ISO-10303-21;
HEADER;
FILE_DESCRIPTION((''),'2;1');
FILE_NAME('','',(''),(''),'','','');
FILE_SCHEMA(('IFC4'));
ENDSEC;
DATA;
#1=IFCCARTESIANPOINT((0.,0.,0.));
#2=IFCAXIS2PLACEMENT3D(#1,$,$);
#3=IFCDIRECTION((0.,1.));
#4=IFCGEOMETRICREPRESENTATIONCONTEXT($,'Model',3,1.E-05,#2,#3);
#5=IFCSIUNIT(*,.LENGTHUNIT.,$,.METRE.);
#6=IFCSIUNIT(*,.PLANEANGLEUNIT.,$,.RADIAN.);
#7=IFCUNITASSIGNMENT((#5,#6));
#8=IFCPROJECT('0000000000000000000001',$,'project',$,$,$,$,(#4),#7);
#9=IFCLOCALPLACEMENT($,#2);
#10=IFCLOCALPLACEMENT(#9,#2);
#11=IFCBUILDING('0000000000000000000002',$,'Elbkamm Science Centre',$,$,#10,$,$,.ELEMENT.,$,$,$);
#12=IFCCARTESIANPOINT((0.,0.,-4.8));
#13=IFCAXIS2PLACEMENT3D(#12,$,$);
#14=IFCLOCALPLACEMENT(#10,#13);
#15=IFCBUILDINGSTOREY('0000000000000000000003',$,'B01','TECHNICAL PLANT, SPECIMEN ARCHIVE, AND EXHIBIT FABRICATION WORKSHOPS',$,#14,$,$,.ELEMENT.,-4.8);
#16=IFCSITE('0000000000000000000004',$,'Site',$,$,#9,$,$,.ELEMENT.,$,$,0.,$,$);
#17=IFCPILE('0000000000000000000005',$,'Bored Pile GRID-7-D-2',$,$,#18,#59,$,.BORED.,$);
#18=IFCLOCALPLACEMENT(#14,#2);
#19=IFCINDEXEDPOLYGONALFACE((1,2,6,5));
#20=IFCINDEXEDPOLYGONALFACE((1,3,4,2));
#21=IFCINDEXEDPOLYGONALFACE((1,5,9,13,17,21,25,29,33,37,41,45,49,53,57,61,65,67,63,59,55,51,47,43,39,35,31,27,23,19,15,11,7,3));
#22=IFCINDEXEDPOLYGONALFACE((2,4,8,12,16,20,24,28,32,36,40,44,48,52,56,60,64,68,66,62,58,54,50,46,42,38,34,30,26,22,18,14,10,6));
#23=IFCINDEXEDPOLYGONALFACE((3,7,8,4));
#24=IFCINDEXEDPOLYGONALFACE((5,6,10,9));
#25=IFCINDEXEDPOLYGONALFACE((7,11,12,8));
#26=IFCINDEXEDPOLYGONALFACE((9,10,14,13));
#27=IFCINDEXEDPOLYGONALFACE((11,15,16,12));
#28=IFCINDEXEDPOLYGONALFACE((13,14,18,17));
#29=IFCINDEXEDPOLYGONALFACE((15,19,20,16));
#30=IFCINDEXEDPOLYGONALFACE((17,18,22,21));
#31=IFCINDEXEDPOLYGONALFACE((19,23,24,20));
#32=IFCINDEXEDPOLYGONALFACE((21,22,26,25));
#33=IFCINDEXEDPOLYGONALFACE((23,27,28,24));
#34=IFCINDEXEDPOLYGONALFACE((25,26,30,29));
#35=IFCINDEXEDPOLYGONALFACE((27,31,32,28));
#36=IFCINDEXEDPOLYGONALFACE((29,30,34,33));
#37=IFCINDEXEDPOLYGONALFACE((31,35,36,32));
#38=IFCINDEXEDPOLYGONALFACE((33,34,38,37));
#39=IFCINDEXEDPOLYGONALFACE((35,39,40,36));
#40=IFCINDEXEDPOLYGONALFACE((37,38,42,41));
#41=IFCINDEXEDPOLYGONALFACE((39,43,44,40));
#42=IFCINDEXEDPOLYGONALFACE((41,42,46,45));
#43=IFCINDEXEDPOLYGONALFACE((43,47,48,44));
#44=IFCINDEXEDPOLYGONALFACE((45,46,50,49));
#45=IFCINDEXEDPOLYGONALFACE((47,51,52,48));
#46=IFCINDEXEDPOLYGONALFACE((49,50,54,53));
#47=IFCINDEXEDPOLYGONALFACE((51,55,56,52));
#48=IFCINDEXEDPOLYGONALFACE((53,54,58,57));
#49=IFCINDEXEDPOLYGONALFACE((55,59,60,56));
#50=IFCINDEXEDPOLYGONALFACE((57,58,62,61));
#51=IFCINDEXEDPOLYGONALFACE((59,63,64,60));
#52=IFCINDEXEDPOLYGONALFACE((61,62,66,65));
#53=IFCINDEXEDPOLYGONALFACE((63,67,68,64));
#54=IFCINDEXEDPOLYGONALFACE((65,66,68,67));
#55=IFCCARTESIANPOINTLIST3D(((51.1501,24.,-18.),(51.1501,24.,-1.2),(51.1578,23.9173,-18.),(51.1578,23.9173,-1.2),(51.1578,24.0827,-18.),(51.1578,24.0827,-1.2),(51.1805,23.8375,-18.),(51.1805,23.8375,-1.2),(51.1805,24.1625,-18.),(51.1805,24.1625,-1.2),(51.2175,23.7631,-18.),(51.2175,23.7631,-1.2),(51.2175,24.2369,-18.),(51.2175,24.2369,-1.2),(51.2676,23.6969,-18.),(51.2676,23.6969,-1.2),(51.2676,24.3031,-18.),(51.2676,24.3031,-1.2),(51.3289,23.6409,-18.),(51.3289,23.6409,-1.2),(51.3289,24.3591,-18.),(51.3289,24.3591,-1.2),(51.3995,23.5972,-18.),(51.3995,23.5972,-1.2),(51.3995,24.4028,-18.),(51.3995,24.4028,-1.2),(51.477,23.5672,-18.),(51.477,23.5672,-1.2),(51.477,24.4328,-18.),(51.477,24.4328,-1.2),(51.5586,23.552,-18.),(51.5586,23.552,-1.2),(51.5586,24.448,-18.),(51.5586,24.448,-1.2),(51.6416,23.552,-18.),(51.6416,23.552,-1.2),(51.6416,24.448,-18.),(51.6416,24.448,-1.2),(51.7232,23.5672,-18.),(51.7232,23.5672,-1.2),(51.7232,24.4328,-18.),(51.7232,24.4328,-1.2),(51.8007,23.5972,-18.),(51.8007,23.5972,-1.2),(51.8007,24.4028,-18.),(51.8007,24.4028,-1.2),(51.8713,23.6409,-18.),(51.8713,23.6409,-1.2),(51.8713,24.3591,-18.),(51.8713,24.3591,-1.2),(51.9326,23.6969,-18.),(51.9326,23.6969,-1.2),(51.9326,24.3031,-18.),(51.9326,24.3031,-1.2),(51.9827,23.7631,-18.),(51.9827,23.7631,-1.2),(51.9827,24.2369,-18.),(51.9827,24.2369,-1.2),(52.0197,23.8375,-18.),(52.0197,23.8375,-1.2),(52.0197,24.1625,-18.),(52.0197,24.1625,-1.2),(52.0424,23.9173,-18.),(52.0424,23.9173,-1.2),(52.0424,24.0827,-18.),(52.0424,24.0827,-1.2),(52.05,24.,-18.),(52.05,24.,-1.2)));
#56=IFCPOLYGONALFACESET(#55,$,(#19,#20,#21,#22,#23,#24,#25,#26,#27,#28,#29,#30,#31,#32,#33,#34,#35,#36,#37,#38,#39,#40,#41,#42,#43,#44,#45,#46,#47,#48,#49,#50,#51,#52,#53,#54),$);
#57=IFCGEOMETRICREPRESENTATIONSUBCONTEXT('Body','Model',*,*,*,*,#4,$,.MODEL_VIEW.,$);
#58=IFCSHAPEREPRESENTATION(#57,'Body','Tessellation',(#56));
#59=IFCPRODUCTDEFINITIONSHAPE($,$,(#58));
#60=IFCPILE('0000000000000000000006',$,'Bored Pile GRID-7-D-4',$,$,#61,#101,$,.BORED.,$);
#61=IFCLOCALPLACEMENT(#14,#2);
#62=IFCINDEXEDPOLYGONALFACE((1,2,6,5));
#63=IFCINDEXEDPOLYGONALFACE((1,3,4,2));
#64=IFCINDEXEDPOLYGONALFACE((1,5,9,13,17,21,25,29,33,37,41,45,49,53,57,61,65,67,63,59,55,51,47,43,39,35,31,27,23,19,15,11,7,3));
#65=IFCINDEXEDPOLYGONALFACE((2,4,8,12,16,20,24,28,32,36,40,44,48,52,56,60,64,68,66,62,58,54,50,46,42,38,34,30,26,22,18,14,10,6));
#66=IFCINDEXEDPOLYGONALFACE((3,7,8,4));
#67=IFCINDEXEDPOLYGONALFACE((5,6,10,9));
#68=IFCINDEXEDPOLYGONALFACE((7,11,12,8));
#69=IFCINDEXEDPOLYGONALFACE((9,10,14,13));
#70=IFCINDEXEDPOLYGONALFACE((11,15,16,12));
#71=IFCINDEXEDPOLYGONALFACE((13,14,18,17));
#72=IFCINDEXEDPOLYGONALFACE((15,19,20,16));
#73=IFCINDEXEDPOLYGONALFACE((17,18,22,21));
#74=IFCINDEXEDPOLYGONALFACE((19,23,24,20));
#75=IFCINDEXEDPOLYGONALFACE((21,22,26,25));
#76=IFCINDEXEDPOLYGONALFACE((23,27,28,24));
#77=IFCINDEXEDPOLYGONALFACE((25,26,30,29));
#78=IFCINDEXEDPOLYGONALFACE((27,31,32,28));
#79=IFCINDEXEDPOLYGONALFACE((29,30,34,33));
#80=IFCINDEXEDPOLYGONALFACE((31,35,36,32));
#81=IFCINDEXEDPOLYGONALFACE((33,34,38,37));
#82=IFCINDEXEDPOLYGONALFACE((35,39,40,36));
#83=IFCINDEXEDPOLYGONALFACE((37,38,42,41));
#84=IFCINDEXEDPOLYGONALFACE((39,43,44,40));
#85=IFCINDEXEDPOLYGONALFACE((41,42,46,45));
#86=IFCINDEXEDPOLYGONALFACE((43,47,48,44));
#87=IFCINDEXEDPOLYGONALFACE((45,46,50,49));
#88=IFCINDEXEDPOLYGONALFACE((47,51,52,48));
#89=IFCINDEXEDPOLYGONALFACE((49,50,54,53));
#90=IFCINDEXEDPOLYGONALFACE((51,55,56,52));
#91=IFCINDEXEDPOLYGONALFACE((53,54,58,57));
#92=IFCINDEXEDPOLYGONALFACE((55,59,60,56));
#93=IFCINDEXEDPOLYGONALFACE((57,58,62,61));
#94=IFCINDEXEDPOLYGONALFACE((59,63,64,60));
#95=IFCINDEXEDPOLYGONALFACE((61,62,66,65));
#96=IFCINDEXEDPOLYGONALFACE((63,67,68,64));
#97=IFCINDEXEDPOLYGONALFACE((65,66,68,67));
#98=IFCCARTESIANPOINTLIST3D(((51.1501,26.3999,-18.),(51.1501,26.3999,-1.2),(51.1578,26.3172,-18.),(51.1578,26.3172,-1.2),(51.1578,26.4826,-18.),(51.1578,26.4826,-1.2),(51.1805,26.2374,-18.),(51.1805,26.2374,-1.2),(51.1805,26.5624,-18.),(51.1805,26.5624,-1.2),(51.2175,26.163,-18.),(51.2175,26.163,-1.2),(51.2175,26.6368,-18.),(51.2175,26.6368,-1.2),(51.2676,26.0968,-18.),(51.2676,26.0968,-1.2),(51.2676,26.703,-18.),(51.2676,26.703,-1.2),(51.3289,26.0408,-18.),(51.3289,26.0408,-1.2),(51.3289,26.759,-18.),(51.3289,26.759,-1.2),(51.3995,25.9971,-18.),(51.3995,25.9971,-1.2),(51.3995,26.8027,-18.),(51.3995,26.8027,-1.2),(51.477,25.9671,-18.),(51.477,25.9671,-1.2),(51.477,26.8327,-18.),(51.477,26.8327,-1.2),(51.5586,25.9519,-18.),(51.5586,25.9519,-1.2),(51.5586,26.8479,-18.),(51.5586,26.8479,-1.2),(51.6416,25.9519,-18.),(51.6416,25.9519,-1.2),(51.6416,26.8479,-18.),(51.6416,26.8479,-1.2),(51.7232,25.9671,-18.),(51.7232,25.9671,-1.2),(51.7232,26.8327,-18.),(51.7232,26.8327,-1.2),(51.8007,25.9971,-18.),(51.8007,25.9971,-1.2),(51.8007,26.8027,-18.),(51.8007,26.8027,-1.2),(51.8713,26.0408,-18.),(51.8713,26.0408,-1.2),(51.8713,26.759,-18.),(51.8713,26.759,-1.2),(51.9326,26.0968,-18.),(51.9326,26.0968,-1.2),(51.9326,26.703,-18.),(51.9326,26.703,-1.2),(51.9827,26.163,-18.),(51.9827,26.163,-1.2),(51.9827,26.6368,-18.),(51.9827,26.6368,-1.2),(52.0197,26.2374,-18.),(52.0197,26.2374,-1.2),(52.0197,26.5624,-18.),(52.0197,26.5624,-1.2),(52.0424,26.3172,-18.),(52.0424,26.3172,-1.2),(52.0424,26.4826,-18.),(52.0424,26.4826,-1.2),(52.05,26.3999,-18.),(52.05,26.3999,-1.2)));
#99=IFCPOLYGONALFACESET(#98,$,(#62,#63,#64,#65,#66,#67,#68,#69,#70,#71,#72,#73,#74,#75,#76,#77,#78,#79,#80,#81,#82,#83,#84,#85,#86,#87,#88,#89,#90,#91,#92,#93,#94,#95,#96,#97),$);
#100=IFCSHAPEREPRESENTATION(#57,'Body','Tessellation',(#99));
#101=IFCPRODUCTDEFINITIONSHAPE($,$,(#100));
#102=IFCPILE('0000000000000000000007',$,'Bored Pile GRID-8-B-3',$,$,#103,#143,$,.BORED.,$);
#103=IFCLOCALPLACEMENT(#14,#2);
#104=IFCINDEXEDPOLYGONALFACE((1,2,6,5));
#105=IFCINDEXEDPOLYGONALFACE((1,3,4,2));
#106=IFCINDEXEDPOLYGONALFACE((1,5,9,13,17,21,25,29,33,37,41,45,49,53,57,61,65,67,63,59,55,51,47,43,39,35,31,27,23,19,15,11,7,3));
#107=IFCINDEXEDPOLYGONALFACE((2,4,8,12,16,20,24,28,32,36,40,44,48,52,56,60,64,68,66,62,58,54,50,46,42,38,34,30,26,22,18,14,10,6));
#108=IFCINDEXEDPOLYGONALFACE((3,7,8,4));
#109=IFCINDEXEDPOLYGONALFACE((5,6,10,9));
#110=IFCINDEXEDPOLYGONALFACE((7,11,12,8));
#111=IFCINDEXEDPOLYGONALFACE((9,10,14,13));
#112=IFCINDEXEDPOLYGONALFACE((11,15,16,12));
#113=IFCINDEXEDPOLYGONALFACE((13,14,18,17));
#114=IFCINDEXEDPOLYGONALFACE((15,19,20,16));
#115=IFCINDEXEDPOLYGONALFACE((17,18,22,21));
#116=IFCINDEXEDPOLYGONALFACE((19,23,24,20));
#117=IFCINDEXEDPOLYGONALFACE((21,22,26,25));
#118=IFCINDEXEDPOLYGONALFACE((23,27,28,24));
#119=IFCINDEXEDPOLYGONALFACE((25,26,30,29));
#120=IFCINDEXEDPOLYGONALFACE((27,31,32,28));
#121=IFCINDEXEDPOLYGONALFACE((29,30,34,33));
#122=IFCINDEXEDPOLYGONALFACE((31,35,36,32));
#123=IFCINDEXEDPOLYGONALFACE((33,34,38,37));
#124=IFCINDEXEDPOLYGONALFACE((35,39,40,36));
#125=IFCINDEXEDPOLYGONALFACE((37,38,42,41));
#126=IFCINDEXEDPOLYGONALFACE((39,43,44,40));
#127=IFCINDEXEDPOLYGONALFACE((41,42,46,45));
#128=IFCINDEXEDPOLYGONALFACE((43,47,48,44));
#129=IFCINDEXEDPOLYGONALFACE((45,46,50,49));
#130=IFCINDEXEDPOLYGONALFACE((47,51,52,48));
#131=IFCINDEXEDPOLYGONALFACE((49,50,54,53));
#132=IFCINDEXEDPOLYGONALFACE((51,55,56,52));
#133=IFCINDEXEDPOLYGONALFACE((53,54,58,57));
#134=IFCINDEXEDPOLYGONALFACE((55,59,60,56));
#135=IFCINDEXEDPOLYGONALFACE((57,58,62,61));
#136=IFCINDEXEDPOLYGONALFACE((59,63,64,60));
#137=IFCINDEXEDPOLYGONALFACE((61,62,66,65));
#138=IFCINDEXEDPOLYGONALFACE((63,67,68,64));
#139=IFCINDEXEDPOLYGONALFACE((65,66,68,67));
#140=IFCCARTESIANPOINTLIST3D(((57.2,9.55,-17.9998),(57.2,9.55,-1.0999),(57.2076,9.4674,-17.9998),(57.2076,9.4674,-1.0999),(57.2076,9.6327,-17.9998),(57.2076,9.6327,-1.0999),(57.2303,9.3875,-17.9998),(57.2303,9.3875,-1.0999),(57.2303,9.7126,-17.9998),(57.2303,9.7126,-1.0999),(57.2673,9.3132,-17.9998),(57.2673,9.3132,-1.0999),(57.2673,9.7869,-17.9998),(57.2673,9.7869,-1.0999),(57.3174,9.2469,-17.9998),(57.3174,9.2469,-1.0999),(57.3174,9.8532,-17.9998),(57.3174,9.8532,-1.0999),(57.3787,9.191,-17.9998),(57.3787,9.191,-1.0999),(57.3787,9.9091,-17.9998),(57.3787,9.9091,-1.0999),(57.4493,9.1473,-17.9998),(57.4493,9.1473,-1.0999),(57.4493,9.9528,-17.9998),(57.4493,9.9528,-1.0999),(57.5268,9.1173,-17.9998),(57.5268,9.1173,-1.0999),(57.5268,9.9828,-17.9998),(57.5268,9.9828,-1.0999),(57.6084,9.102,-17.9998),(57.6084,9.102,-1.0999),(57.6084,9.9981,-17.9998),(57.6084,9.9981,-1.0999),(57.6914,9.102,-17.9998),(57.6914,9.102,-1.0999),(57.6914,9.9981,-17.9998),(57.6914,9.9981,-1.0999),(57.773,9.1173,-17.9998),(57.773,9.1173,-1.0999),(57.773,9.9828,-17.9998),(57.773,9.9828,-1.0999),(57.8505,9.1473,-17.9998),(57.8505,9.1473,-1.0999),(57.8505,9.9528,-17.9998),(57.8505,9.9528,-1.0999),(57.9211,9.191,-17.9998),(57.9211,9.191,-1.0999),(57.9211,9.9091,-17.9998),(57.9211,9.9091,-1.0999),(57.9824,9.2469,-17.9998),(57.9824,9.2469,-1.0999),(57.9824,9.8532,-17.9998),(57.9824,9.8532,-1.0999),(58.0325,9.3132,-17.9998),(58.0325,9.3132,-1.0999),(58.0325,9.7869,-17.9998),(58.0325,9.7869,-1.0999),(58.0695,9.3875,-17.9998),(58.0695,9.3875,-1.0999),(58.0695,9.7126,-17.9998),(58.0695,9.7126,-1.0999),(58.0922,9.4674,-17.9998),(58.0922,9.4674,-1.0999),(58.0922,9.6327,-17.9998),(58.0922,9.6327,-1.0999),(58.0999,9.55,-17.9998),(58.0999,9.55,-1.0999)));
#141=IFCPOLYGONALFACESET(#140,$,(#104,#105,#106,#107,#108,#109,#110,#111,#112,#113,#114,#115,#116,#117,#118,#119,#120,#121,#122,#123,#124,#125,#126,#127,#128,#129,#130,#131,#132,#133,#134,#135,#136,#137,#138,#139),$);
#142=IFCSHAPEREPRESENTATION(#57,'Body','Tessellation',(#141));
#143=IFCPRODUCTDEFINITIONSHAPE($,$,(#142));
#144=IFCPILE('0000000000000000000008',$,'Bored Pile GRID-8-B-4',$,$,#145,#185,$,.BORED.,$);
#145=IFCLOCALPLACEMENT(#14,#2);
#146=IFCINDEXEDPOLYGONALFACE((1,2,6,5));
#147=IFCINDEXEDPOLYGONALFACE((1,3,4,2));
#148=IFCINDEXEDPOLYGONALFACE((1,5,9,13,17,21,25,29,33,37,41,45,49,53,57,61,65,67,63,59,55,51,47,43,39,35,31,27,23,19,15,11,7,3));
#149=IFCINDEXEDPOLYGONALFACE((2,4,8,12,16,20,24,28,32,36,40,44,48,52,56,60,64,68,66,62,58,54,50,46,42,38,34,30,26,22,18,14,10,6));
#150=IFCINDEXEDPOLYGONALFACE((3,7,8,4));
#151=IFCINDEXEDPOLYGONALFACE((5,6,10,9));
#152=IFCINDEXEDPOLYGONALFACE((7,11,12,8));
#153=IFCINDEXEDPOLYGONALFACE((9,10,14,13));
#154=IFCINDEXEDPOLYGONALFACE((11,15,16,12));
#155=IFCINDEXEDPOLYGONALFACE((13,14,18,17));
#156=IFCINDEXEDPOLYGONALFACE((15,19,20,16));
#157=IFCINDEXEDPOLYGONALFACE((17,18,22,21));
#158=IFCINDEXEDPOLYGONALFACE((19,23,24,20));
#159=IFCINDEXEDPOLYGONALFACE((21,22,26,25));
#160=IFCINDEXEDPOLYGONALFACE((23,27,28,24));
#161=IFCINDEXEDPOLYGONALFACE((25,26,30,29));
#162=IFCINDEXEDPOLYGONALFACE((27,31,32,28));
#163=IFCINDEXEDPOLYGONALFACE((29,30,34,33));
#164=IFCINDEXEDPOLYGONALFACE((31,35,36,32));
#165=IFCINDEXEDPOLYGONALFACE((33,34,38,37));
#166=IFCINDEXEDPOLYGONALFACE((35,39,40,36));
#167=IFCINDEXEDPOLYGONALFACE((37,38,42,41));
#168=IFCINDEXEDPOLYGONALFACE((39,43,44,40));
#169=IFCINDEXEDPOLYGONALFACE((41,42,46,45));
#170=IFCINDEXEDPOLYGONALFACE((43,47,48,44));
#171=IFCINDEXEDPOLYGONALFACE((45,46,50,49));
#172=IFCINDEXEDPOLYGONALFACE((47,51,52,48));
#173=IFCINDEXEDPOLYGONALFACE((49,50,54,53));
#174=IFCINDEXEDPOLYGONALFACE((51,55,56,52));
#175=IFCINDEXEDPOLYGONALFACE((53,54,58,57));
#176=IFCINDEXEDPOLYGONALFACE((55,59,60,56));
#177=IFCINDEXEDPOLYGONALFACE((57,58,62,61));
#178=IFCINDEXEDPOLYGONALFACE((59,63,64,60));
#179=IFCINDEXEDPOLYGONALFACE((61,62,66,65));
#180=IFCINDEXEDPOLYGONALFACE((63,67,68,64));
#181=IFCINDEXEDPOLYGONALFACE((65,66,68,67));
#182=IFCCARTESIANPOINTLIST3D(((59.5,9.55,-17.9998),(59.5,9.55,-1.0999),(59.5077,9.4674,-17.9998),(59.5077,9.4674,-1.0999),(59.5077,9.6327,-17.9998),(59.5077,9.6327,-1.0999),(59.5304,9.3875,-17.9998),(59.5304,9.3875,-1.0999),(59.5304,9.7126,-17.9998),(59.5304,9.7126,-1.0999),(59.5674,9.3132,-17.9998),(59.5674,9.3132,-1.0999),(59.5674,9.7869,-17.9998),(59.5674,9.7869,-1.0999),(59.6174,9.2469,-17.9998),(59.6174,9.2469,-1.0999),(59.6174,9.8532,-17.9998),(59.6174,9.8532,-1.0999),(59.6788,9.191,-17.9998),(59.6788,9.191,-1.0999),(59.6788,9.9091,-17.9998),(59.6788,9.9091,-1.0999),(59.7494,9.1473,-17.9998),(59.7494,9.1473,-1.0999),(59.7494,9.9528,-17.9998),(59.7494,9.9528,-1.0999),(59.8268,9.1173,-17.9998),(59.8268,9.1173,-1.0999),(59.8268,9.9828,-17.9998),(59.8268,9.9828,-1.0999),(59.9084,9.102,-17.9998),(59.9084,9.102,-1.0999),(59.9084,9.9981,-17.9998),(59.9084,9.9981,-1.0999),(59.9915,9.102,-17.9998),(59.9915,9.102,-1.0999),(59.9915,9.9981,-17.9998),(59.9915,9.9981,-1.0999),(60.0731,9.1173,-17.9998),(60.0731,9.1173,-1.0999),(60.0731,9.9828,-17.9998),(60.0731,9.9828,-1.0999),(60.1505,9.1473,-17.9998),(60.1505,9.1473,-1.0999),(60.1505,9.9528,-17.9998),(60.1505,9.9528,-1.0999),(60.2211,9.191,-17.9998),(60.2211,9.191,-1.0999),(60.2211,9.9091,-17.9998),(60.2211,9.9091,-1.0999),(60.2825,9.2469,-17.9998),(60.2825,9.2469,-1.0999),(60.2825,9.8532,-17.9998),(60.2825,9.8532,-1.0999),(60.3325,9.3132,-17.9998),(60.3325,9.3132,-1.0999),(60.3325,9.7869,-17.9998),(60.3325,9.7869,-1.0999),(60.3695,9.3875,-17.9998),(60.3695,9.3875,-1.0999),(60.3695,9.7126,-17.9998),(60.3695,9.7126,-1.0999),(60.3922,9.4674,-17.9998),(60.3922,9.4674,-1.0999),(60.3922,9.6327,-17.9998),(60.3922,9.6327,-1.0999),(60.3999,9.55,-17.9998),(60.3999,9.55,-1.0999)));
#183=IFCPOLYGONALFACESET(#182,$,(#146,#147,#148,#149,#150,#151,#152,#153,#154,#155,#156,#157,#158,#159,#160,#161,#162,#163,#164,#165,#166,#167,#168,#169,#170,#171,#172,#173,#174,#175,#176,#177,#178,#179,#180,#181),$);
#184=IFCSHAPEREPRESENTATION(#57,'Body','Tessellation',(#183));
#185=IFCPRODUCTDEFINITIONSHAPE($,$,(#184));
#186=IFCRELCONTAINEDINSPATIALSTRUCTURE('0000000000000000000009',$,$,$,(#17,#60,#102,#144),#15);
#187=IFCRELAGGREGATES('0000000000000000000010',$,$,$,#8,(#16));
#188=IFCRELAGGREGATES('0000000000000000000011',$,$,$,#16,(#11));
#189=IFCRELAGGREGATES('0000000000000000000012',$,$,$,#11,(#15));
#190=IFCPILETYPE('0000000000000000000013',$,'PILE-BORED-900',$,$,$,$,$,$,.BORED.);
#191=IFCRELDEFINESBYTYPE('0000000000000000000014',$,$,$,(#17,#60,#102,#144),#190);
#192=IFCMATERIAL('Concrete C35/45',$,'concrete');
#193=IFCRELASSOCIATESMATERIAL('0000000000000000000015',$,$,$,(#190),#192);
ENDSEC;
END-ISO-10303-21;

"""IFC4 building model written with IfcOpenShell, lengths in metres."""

from ifc_helpers import new_model, si_unit, direction, frame, origin, origin_2d, place, context, subcontext, project, spatial, circle, extrude, material, material_profile, profile_set, type_object, element, save


model = new_model("IFC4")

# Units and contexts
model_context = context("Model", 3, precision=1e-05, world=origin(), true_north=direction((0.0, 1.0)))
body_context = subcontext(model_context, "Body", "Model", "MODEL_VIEW")
ifc_project = project(units=[si_unit("LENGTHUNIT", "METRE"), si_unit("PLANEANGLEUNIT", "RADIAN")], contexts=[model_context])

# Site, building, storey
site_placement = place(None, origin())
site = spatial("IfcSite", under=ifc_project, at=site_placement, Name="Site", CompositionType="ELEMENT", RefElevation=0.0)
building_placement = place(site_placement, origin())
building = spatial("IfcBuilding", under=site, at=building_placement, Name="Elbkamm Science Centre", CompositionType="ELEMENT")
storey_placement = place(building_placement, frame((0.0, 0.0, -4.8)))
storey = spatial("IfcBuildingStorey", under=building, at=storey_placement, Name="B01", Description="TECHNICAL PLANT, SPECIMEN ARCHIVE, AND EXHIBIT FABRICATION WORKSHOPS", CompositionType="ELEMENT", Elevation=-4.8)

# Shared definitions
ifc_material_1 = material(Name="Concrete C35/45", Category="concrete")

# Piles
ifc_material_profile_1 = material_profile(ifc_material_1, circle(Radius=0.45, at=origin_2d()), Name="PILE D900")
ifc_profile_set_1 = profile_set([ifc_material_profile_1], Name="Concrete C35/45")
pile_type = type_object("IfcPileType", Name="PILE-BORED-900", PredefinedType="BORED", material=ifc_profile_set_1)
for number, where, z_axis, x_axis, name in (
    (1, (51.6001, 24.0, -1.2), (0.0, 0.0, -1.0), (1.0, 0.0, 0.0), "Bored Pile GRID-7-D-2"),
    (2, (51.6001, 26.3999, -1.2), (0.0, 0.0, -1.0), (1.0, 0.0, 0.0), "Bored Pile GRID-7-D-4"),
):
    element("IfcPile", number, at=place(storey_placement, frame(where, z_axis=z_axis, x_axis=x_axis)), inside=storey, type_object=pile_type, Name=name, PredefinedType="BORED", context=body_context, shape_type="SweptSolid", body=[
        extrude(circle(Radius=0.45, at=origin_2d()), origin(), (0.0, 0.0, 1.0), 16.8),
    ])
for number, where, z_axis, x_axis, name in (
    (3, (57.6499, 9.55, -1.0999), (0.0, 0.0, -1.0), (1.0, 0.0, 0.0), "Bored Pile GRID-8-B-3"),
    (4, (59.95, 9.55, -1.0999), (0.0, 0.0, -1.0), (1.0, 0.0, 0.0), "Bored Pile GRID-8-B-4"),
):
    element("IfcPile", number, at=place(storey_placement, frame(where, z_axis=z_axis, x_axis=x_axis)), inside=storey, type_object=pile_type, Name=name, PredefinedType="BORED", context=body_context, shape_type="SweptSolid", body=[
        extrude(circle(Radius=0.45, at=origin_2d()), origin(), (0.0, 0.0, 1.0), 16.8999),
    ])

save(model, "model.ifc")
